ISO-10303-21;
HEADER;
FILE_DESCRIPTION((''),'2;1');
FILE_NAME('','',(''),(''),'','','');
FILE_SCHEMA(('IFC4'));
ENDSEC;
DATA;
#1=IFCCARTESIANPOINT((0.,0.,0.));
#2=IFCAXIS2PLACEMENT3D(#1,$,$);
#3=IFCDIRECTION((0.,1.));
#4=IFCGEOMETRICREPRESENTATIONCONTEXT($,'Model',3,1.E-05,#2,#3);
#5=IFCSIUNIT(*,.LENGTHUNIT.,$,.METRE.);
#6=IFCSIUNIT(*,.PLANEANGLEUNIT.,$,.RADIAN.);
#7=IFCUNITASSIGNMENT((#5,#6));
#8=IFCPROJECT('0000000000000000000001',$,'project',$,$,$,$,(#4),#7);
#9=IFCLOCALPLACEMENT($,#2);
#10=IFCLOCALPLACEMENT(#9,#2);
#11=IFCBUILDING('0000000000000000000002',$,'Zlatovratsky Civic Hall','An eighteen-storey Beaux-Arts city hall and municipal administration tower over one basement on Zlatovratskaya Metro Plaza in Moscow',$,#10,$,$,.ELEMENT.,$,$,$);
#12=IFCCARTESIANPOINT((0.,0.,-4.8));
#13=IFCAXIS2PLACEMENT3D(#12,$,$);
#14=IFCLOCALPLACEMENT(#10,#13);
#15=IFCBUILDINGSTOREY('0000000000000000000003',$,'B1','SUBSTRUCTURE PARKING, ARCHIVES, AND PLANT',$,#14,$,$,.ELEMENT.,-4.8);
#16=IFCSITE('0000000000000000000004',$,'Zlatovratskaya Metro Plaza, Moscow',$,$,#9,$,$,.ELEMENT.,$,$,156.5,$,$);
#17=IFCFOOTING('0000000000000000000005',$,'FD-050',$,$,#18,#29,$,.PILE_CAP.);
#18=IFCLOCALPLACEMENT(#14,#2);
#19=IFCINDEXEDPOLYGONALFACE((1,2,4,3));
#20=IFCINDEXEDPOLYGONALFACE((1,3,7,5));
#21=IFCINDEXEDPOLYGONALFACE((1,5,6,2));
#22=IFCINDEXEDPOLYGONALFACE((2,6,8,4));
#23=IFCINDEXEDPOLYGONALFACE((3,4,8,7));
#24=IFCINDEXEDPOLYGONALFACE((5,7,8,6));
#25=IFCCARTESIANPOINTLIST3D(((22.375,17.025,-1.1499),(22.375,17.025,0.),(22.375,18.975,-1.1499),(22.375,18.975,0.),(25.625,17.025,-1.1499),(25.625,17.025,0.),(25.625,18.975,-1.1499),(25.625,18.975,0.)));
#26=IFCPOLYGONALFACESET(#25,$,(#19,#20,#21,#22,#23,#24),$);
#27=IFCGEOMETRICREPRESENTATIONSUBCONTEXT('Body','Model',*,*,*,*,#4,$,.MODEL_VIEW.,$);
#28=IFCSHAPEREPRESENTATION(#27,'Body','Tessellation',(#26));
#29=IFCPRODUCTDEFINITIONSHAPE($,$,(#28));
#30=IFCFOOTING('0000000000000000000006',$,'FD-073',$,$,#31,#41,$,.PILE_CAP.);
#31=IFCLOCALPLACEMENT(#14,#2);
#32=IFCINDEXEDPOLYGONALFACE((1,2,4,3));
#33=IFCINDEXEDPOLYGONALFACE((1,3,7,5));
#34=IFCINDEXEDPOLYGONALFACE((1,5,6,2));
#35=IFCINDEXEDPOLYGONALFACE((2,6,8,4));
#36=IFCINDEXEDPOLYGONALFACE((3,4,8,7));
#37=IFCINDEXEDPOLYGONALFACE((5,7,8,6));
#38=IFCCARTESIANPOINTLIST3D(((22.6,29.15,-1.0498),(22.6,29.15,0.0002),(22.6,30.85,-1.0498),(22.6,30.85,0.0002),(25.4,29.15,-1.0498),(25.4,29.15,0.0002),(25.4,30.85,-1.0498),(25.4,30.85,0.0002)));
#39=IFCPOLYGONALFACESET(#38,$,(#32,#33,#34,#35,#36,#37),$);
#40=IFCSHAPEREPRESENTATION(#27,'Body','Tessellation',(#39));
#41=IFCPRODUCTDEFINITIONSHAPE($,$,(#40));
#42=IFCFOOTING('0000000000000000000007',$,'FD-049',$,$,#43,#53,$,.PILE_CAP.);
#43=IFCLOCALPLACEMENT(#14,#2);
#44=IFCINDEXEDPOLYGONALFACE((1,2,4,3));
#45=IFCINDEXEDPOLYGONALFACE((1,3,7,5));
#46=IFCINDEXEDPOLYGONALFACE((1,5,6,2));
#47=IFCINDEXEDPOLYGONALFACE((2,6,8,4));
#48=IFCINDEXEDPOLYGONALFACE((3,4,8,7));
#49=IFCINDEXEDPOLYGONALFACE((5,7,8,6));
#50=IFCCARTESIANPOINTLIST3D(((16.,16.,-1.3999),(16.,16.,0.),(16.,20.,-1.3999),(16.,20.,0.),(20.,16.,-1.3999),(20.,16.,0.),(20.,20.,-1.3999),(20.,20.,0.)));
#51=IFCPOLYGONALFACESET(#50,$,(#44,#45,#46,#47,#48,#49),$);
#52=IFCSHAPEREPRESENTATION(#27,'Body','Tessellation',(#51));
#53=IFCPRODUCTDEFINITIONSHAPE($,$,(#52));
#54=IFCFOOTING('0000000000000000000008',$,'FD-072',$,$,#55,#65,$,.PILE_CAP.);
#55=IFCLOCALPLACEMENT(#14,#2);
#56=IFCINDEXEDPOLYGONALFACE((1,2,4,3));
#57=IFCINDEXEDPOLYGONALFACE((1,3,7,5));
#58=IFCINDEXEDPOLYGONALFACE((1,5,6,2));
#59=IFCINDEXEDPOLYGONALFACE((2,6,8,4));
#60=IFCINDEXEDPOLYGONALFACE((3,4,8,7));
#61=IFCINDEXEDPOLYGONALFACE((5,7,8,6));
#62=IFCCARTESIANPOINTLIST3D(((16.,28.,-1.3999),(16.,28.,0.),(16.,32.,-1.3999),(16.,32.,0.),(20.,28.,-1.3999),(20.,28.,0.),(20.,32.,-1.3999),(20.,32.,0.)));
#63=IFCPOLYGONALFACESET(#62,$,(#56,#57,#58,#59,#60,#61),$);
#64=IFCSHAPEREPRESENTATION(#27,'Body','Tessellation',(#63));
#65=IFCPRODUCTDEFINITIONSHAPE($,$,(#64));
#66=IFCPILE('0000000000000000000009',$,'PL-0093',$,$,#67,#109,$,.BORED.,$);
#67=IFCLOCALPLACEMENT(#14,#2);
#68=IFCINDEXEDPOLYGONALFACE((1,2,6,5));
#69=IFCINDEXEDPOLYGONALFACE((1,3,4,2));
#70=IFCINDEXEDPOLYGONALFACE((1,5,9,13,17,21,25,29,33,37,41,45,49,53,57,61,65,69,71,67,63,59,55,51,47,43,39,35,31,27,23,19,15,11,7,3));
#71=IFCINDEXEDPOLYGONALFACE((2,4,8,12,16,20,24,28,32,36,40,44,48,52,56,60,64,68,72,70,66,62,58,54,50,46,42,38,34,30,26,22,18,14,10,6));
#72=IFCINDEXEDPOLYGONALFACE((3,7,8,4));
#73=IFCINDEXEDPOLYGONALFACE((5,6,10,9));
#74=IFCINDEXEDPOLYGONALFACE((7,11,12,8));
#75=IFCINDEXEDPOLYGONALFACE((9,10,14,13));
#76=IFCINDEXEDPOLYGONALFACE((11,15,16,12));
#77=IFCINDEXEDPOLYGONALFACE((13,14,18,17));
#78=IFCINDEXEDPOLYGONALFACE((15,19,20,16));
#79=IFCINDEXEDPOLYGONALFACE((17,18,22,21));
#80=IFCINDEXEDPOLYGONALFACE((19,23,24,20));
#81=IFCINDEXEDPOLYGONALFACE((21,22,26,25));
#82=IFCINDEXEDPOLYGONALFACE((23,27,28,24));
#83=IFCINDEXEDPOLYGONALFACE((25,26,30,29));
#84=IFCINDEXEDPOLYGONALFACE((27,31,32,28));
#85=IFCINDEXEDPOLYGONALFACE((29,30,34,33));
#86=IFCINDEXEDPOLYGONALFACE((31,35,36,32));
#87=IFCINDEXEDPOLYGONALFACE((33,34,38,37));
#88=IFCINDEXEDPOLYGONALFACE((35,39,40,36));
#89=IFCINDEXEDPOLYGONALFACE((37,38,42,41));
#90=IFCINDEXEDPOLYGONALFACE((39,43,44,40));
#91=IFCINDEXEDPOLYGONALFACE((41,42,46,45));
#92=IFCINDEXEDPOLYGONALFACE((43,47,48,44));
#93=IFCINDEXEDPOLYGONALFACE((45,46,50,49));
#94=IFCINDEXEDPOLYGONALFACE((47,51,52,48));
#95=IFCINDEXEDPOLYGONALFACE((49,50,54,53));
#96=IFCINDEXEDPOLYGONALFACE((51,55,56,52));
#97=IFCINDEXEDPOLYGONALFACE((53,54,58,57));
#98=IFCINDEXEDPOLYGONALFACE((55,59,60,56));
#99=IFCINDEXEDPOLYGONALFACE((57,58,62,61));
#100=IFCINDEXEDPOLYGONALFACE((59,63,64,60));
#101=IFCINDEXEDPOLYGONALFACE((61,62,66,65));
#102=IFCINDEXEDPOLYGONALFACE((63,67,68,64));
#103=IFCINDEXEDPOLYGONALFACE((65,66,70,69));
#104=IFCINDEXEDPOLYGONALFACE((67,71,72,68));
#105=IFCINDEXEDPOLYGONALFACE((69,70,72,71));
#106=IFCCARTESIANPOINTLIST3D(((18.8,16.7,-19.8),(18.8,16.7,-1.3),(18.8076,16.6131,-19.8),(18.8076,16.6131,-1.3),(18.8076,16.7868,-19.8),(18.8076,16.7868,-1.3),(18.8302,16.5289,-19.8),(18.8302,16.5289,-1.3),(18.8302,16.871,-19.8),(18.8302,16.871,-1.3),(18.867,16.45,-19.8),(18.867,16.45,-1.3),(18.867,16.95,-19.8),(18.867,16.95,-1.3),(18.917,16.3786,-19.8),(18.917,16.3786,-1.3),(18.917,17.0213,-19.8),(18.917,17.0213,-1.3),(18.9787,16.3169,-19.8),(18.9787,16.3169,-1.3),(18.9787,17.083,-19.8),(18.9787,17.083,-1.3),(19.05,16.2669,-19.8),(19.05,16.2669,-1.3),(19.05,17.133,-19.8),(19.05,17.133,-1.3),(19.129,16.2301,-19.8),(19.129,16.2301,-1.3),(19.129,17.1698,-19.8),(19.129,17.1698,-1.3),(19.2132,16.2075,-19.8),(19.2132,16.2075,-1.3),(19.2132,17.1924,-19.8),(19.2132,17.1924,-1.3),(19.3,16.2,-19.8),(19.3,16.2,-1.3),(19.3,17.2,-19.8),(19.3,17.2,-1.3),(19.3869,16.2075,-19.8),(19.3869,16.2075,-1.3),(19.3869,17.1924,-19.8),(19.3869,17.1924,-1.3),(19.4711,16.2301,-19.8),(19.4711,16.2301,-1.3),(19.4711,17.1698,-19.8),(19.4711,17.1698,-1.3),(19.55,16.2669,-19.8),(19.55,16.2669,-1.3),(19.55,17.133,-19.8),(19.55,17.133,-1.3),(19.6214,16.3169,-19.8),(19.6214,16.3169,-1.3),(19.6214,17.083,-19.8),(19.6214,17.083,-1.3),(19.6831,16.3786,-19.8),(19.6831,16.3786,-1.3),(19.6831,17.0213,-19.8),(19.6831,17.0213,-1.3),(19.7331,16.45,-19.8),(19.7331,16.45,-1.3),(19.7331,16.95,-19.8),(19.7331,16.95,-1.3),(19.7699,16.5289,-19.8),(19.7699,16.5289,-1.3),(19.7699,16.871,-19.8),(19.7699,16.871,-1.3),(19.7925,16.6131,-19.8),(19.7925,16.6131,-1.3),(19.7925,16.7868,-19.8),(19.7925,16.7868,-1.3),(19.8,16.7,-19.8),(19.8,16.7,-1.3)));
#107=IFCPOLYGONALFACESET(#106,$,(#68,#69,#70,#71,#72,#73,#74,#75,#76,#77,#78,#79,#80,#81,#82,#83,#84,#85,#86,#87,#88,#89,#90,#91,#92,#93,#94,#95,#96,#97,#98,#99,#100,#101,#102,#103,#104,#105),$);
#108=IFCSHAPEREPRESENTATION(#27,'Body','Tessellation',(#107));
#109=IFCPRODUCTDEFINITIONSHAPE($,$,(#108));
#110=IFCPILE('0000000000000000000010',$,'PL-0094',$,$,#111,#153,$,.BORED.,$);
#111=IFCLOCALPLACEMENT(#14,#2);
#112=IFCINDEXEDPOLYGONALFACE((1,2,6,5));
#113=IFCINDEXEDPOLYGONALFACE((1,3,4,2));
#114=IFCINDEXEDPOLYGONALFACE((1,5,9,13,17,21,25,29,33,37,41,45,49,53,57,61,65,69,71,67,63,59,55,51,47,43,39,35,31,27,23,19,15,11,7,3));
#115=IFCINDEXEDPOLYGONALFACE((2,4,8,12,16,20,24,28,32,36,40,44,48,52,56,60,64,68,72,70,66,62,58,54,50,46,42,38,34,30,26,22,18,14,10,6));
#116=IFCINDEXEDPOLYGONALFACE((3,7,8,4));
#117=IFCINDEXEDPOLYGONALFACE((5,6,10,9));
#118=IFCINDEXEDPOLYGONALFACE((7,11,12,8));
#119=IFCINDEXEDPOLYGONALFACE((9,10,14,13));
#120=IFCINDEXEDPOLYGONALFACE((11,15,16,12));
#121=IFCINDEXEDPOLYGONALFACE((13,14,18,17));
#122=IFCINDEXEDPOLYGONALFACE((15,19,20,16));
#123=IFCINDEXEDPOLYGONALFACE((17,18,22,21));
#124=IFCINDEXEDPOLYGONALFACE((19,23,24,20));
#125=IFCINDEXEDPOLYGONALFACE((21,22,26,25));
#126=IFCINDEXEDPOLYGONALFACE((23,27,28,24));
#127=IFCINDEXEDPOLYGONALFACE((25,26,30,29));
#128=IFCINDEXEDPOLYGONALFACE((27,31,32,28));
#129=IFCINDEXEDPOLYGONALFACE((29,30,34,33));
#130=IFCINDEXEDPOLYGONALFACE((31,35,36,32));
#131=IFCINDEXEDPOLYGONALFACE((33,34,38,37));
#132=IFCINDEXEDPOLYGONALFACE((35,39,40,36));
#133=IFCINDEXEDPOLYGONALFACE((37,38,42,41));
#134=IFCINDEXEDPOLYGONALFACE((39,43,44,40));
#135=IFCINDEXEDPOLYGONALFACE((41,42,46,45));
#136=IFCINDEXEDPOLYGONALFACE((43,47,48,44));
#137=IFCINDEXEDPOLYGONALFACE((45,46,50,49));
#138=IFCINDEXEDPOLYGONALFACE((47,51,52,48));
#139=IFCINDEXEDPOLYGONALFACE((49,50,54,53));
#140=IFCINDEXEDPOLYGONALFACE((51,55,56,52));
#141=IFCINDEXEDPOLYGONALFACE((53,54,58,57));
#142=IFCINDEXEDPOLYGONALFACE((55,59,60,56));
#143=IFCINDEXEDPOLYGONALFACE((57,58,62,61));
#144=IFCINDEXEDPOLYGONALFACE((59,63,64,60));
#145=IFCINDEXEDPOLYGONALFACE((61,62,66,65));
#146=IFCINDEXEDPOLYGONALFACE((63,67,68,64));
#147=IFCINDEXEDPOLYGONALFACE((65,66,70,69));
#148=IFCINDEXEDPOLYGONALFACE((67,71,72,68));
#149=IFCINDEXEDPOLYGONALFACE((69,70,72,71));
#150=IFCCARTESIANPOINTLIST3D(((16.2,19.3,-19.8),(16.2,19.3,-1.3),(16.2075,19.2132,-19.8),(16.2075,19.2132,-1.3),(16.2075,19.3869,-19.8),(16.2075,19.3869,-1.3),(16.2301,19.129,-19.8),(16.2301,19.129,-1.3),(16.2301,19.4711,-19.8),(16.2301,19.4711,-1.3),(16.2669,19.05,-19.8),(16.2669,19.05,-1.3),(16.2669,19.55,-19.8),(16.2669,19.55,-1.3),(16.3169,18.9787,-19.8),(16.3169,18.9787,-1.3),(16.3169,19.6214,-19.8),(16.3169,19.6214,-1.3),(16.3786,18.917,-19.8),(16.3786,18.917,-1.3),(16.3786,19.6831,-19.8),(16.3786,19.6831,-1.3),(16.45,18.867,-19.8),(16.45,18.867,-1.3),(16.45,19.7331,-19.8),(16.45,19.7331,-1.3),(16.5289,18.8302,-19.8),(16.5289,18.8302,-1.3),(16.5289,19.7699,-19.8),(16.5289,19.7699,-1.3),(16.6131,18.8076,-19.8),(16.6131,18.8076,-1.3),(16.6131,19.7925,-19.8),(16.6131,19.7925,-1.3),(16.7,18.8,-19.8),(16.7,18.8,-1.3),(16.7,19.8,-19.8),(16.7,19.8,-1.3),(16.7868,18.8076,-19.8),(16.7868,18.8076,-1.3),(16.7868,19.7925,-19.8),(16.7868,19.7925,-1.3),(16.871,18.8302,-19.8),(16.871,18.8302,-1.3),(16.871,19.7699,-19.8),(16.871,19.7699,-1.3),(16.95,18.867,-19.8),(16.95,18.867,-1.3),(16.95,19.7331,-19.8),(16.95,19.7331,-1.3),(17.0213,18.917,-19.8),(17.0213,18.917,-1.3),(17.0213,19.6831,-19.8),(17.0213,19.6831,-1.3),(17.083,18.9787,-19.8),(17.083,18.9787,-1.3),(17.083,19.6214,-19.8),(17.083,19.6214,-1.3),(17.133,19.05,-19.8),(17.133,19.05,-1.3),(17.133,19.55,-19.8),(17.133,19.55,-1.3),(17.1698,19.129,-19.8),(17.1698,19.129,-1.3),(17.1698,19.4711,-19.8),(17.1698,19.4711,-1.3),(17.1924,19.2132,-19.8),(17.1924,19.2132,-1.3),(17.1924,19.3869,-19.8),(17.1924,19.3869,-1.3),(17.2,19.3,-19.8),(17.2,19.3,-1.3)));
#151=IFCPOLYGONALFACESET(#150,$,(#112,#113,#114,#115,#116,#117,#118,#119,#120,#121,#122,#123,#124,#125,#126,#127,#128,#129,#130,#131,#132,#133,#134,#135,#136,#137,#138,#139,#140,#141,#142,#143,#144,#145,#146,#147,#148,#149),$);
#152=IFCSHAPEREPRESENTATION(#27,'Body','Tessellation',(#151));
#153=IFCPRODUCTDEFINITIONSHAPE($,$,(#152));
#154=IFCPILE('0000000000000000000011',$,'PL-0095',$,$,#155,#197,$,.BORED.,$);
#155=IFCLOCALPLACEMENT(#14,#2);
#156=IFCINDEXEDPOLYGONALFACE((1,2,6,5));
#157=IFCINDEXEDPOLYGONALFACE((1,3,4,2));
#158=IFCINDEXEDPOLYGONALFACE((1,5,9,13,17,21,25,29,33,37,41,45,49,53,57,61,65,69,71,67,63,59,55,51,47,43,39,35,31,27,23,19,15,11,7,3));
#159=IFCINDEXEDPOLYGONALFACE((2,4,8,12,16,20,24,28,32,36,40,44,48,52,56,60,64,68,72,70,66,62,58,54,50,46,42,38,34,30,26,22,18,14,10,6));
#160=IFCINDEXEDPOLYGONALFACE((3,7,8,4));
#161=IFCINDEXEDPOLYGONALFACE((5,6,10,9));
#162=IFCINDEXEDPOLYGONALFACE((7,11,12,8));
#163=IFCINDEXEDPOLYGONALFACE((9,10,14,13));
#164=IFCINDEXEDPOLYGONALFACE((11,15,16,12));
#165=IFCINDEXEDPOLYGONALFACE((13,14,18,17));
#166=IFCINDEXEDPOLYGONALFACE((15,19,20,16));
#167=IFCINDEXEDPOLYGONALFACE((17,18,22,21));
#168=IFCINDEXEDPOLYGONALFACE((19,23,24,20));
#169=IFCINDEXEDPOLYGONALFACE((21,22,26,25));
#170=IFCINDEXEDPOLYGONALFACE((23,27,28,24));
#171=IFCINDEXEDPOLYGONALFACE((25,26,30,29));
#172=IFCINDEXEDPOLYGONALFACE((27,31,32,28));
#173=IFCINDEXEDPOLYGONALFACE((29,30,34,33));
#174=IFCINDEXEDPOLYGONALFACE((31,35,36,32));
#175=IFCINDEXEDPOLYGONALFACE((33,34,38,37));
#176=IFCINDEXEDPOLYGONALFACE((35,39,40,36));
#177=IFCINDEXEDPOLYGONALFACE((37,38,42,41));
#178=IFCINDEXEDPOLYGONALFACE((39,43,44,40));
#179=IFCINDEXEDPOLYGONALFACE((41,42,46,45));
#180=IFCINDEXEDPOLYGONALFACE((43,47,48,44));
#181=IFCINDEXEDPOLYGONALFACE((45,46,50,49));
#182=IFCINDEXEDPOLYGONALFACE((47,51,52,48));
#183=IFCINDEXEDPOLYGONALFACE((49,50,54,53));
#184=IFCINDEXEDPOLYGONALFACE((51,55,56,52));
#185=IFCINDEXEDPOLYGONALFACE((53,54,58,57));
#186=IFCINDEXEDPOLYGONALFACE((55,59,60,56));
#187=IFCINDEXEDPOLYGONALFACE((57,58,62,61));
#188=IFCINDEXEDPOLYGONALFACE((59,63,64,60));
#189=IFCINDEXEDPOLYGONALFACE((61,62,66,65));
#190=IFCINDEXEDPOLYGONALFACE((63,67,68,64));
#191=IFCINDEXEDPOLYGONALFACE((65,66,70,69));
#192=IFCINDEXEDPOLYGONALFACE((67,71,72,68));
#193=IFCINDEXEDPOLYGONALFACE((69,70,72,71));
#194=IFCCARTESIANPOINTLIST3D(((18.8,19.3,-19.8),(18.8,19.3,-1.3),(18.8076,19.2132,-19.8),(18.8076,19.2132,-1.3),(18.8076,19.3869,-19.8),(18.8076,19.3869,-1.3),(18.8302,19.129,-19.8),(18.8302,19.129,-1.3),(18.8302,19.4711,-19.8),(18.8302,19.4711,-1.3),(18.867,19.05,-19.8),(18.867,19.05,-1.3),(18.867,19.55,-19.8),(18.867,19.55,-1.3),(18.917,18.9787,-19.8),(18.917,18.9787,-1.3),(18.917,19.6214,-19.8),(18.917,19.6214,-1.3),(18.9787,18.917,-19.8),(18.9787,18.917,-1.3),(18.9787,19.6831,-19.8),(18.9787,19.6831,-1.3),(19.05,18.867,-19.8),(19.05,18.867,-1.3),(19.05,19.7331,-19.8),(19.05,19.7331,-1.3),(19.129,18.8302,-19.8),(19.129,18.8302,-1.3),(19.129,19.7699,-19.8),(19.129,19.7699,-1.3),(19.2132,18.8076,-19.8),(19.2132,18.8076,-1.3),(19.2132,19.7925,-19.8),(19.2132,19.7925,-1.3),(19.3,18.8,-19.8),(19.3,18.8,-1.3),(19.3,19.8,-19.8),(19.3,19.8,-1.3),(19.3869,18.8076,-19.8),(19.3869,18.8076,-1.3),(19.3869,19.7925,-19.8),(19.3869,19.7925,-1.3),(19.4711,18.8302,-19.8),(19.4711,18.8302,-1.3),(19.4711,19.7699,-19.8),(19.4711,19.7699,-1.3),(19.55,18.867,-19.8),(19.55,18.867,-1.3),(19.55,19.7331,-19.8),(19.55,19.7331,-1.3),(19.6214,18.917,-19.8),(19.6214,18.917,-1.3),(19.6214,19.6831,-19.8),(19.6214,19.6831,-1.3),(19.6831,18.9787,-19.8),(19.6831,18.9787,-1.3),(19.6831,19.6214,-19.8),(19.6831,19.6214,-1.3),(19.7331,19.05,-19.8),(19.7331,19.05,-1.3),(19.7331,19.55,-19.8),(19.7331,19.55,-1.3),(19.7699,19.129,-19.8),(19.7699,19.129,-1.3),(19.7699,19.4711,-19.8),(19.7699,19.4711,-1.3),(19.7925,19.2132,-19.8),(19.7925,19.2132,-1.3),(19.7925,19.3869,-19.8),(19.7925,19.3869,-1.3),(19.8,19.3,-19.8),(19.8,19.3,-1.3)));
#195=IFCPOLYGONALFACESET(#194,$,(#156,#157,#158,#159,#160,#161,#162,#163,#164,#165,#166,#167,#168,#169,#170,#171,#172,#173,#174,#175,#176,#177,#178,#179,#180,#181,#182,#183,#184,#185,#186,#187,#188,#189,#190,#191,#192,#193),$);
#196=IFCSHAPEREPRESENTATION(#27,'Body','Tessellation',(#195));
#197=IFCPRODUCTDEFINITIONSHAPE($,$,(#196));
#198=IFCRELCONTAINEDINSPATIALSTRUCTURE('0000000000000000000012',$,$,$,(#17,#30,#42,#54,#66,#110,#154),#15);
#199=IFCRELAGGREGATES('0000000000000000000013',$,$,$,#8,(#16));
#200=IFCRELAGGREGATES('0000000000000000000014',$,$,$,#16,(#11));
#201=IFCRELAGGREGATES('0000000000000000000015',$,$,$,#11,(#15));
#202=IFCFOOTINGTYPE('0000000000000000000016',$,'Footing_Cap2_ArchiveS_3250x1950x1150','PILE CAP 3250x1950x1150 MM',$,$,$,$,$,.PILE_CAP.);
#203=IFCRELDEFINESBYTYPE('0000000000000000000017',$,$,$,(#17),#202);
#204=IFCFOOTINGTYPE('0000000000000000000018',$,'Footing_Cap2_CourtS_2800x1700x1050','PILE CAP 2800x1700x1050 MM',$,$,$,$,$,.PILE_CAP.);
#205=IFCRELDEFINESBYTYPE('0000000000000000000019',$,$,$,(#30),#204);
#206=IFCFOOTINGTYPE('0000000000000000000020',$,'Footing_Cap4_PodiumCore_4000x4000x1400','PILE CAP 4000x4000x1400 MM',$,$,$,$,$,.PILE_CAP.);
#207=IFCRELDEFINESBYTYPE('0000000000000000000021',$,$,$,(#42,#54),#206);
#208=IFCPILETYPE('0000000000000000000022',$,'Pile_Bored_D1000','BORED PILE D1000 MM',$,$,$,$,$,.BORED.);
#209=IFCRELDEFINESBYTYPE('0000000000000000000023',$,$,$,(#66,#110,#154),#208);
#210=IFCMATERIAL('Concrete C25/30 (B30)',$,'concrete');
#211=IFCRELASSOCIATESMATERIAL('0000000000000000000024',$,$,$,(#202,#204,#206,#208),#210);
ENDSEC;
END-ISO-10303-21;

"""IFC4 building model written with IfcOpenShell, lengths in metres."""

from ifc_helpers import new_model, si_unit, direction, frame, origin, origin_2d, place, context, subcontext, project, spatial, rectangle, circle, extrude, material, material_profile, profile_set, type_object, element, save


model = new_model("IFC4")

# Units and contexts
model_context = context("Model", 3, precision=1e-05, world=origin(), true_north=direction((0.0, 1.0)))
body_context = subcontext(model_context, "Body", "Model", "MODEL_VIEW")
ifc_project = project(units=[si_unit("LENGTHUNIT", "METRE"), si_unit("PLANEANGLEUNIT", "RADIAN")], contexts=[model_context])

# Site, building, storey
site_placement = place(None, origin())
site = spatial("IfcSite", under=ifc_project, at=site_placement, Name="Zlatovratskaya Metro Plaza, Moscow", CompositionType="ELEMENT", RefElevation=156.5)
building_placement = place(site_placement, origin())
building = spatial("IfcBuilding", under=site, at=building_placement, Name="Zlatovratsky Civic Hall", Description="An eighteen-storey Beaux-Arts city hall and municipal administration tower over one basement on Zlatovratskaya Metro Plaza in Moscow", CompositionType="ELEMENT")
storey_placement = place(building_placement, frame((0.0, 0.0, -4.8)))
storey = spatial("IfcBuildingStorey", under=building, at=storey_placement, Name="B1", Description="SUBSTRUCTURE PARKING, ARCHIVES, AND PLANT", CompositionType="ELEMENT", Elevation=-4.8)

# Footings
ifc_material_1 = material(Name="Concrete C25/30 (B30)", Category="concrete")
footing_type_1 = type_object("IfcFootingType", Name="Footing_Cap2_ArchiveS_3250x1950x1150", Description="PILE CAP 3250x1950x1150 MM", PredefinedType="PILE_CAP", material=ifc_material_1)
footing_1_placement = place(storey_placement, frame((24.0, 18.0, -1.1499), z_axis=(0.0, 0.0, 1.0), x_axis=(1.0, 0.0, 0.0)))
element("IfcFooting", 1, at=footing_1_placement, inside=storey, type_object=footing_type_1, Name="FD-050", PredefinedType="PILE_CAP", context=body_context, shape_type="SweptSolid", body=[
    extrude(rectangle(XDim=3.25, YDim=1.95, at=origin_2d()), origin(), (0.0, 0.0, 1.0), 1.1499),
])
footing_type_2 = type_object("IfcFootingType", Name="Footing_Cap2_CourtS_2800x1700x1050", Description="PILE CAP 2800x1700x1050 MM", PredefinedType="PILE_CAP", material=ifc_material_1)
footing_2_placement = place(storey_placement, frame((24.0, 30.0, -1.0498), z_axis=(0.0, 0.0, 1.0), x_axis=(1.0, 0.0, 0.0)))
element("IfcFooting", 2, at=footing_2_placement, inside=storey, type_object=footing_type_2, Name="FD-073", PredefinedType="PILE_CAP", context=body_context, shape_type="SweptSolid", body=[
    extrude(rectangle(XDim=2.8, YDim=1.7, at=origin_2d()), origin(), (0.0, 0.0, 1.0), 1.05),
])
footing_type_3 = type_object("IfcFootingType", Name="Footing_Cap4_PodiumCore_4000x4000x1400", Description="PILE CAP 4000x4000x1400 MM", PredefinedType="PILE_CAP", material=ifc_material_1)
for number, where, z_axis, x_axis, name in (
    (3, (18.0, 18.0, -1.3999), (0.0, 0.0, 1.0), (1.0, 0.0, 0.0), "FD-049"),
    (4, (18.0, 30.0, -1.3999), (0.0, 0.0, 1.0), (1.0, 0.0, 0.0), "FD-072"),
):
    element("IfcFooting", number, at=place(storey_placement, frame(where, z_axis=z_axis, x_axis=x_axis)), inside=storey, type_object=footing_type_3, Name=name, PredefinedType="PILE_CAP", context=body_context, shape_type="SweptSolid", body=[
        extrude(rectangle(XDim=4.0, YDim=4.0, at=origin_2d()), origin(), (0.0, 0.0, 1.0), 1.3999),
    ])

# Piles
ifc_material_profile_1 = material_profile(ifc_material_1, circle(Radius=0.5, at=origin_2d()), Name="PILE D1000")
ifc_profile_set_1 = profile_set([ifc_material_profile_1], Name="Concrete C25/30 (B30)")
pile_type_1 = type_object("IfcPileType", Name="Pile_Bored_D1000", Description="BORED PILE D1000 MM", PredefinedType="BORED", material=ifc_profile_set_1)
for number, where, z_axis, x_axis, name in (
    (5, (19.3, 16.7, -1.3), (0.0, 0.0, -1.0), (1.0, 0.0, 0.0), "PL-0093"),
    (6, (16.7, 19.3, -1.3), (0.0, 0.0, -1.0), (1.0, 0.0, 0.0), "PL-0094"),
    (7, (19.3, 19.3, -1.3), (0.0, 0.0, -1.0), (1.0, 0.0, 0.0), "PL-0095"),
):
    element("IfcPile", number, at=place(storey_placement, frame(where, z_axis=z_axis, x_axis=x_axis)), inside=storey, type_object=pile_type_1, Name=name, PredefinedType="BORED", context=body_context, shape_type="SweptSolid", body=[
        extrude(circle(Radius=0.5, at=origin_2d()), origin(), (0.0, 0.0, 1.0), 18.5),
    ])

save(model, "model.ifc")
